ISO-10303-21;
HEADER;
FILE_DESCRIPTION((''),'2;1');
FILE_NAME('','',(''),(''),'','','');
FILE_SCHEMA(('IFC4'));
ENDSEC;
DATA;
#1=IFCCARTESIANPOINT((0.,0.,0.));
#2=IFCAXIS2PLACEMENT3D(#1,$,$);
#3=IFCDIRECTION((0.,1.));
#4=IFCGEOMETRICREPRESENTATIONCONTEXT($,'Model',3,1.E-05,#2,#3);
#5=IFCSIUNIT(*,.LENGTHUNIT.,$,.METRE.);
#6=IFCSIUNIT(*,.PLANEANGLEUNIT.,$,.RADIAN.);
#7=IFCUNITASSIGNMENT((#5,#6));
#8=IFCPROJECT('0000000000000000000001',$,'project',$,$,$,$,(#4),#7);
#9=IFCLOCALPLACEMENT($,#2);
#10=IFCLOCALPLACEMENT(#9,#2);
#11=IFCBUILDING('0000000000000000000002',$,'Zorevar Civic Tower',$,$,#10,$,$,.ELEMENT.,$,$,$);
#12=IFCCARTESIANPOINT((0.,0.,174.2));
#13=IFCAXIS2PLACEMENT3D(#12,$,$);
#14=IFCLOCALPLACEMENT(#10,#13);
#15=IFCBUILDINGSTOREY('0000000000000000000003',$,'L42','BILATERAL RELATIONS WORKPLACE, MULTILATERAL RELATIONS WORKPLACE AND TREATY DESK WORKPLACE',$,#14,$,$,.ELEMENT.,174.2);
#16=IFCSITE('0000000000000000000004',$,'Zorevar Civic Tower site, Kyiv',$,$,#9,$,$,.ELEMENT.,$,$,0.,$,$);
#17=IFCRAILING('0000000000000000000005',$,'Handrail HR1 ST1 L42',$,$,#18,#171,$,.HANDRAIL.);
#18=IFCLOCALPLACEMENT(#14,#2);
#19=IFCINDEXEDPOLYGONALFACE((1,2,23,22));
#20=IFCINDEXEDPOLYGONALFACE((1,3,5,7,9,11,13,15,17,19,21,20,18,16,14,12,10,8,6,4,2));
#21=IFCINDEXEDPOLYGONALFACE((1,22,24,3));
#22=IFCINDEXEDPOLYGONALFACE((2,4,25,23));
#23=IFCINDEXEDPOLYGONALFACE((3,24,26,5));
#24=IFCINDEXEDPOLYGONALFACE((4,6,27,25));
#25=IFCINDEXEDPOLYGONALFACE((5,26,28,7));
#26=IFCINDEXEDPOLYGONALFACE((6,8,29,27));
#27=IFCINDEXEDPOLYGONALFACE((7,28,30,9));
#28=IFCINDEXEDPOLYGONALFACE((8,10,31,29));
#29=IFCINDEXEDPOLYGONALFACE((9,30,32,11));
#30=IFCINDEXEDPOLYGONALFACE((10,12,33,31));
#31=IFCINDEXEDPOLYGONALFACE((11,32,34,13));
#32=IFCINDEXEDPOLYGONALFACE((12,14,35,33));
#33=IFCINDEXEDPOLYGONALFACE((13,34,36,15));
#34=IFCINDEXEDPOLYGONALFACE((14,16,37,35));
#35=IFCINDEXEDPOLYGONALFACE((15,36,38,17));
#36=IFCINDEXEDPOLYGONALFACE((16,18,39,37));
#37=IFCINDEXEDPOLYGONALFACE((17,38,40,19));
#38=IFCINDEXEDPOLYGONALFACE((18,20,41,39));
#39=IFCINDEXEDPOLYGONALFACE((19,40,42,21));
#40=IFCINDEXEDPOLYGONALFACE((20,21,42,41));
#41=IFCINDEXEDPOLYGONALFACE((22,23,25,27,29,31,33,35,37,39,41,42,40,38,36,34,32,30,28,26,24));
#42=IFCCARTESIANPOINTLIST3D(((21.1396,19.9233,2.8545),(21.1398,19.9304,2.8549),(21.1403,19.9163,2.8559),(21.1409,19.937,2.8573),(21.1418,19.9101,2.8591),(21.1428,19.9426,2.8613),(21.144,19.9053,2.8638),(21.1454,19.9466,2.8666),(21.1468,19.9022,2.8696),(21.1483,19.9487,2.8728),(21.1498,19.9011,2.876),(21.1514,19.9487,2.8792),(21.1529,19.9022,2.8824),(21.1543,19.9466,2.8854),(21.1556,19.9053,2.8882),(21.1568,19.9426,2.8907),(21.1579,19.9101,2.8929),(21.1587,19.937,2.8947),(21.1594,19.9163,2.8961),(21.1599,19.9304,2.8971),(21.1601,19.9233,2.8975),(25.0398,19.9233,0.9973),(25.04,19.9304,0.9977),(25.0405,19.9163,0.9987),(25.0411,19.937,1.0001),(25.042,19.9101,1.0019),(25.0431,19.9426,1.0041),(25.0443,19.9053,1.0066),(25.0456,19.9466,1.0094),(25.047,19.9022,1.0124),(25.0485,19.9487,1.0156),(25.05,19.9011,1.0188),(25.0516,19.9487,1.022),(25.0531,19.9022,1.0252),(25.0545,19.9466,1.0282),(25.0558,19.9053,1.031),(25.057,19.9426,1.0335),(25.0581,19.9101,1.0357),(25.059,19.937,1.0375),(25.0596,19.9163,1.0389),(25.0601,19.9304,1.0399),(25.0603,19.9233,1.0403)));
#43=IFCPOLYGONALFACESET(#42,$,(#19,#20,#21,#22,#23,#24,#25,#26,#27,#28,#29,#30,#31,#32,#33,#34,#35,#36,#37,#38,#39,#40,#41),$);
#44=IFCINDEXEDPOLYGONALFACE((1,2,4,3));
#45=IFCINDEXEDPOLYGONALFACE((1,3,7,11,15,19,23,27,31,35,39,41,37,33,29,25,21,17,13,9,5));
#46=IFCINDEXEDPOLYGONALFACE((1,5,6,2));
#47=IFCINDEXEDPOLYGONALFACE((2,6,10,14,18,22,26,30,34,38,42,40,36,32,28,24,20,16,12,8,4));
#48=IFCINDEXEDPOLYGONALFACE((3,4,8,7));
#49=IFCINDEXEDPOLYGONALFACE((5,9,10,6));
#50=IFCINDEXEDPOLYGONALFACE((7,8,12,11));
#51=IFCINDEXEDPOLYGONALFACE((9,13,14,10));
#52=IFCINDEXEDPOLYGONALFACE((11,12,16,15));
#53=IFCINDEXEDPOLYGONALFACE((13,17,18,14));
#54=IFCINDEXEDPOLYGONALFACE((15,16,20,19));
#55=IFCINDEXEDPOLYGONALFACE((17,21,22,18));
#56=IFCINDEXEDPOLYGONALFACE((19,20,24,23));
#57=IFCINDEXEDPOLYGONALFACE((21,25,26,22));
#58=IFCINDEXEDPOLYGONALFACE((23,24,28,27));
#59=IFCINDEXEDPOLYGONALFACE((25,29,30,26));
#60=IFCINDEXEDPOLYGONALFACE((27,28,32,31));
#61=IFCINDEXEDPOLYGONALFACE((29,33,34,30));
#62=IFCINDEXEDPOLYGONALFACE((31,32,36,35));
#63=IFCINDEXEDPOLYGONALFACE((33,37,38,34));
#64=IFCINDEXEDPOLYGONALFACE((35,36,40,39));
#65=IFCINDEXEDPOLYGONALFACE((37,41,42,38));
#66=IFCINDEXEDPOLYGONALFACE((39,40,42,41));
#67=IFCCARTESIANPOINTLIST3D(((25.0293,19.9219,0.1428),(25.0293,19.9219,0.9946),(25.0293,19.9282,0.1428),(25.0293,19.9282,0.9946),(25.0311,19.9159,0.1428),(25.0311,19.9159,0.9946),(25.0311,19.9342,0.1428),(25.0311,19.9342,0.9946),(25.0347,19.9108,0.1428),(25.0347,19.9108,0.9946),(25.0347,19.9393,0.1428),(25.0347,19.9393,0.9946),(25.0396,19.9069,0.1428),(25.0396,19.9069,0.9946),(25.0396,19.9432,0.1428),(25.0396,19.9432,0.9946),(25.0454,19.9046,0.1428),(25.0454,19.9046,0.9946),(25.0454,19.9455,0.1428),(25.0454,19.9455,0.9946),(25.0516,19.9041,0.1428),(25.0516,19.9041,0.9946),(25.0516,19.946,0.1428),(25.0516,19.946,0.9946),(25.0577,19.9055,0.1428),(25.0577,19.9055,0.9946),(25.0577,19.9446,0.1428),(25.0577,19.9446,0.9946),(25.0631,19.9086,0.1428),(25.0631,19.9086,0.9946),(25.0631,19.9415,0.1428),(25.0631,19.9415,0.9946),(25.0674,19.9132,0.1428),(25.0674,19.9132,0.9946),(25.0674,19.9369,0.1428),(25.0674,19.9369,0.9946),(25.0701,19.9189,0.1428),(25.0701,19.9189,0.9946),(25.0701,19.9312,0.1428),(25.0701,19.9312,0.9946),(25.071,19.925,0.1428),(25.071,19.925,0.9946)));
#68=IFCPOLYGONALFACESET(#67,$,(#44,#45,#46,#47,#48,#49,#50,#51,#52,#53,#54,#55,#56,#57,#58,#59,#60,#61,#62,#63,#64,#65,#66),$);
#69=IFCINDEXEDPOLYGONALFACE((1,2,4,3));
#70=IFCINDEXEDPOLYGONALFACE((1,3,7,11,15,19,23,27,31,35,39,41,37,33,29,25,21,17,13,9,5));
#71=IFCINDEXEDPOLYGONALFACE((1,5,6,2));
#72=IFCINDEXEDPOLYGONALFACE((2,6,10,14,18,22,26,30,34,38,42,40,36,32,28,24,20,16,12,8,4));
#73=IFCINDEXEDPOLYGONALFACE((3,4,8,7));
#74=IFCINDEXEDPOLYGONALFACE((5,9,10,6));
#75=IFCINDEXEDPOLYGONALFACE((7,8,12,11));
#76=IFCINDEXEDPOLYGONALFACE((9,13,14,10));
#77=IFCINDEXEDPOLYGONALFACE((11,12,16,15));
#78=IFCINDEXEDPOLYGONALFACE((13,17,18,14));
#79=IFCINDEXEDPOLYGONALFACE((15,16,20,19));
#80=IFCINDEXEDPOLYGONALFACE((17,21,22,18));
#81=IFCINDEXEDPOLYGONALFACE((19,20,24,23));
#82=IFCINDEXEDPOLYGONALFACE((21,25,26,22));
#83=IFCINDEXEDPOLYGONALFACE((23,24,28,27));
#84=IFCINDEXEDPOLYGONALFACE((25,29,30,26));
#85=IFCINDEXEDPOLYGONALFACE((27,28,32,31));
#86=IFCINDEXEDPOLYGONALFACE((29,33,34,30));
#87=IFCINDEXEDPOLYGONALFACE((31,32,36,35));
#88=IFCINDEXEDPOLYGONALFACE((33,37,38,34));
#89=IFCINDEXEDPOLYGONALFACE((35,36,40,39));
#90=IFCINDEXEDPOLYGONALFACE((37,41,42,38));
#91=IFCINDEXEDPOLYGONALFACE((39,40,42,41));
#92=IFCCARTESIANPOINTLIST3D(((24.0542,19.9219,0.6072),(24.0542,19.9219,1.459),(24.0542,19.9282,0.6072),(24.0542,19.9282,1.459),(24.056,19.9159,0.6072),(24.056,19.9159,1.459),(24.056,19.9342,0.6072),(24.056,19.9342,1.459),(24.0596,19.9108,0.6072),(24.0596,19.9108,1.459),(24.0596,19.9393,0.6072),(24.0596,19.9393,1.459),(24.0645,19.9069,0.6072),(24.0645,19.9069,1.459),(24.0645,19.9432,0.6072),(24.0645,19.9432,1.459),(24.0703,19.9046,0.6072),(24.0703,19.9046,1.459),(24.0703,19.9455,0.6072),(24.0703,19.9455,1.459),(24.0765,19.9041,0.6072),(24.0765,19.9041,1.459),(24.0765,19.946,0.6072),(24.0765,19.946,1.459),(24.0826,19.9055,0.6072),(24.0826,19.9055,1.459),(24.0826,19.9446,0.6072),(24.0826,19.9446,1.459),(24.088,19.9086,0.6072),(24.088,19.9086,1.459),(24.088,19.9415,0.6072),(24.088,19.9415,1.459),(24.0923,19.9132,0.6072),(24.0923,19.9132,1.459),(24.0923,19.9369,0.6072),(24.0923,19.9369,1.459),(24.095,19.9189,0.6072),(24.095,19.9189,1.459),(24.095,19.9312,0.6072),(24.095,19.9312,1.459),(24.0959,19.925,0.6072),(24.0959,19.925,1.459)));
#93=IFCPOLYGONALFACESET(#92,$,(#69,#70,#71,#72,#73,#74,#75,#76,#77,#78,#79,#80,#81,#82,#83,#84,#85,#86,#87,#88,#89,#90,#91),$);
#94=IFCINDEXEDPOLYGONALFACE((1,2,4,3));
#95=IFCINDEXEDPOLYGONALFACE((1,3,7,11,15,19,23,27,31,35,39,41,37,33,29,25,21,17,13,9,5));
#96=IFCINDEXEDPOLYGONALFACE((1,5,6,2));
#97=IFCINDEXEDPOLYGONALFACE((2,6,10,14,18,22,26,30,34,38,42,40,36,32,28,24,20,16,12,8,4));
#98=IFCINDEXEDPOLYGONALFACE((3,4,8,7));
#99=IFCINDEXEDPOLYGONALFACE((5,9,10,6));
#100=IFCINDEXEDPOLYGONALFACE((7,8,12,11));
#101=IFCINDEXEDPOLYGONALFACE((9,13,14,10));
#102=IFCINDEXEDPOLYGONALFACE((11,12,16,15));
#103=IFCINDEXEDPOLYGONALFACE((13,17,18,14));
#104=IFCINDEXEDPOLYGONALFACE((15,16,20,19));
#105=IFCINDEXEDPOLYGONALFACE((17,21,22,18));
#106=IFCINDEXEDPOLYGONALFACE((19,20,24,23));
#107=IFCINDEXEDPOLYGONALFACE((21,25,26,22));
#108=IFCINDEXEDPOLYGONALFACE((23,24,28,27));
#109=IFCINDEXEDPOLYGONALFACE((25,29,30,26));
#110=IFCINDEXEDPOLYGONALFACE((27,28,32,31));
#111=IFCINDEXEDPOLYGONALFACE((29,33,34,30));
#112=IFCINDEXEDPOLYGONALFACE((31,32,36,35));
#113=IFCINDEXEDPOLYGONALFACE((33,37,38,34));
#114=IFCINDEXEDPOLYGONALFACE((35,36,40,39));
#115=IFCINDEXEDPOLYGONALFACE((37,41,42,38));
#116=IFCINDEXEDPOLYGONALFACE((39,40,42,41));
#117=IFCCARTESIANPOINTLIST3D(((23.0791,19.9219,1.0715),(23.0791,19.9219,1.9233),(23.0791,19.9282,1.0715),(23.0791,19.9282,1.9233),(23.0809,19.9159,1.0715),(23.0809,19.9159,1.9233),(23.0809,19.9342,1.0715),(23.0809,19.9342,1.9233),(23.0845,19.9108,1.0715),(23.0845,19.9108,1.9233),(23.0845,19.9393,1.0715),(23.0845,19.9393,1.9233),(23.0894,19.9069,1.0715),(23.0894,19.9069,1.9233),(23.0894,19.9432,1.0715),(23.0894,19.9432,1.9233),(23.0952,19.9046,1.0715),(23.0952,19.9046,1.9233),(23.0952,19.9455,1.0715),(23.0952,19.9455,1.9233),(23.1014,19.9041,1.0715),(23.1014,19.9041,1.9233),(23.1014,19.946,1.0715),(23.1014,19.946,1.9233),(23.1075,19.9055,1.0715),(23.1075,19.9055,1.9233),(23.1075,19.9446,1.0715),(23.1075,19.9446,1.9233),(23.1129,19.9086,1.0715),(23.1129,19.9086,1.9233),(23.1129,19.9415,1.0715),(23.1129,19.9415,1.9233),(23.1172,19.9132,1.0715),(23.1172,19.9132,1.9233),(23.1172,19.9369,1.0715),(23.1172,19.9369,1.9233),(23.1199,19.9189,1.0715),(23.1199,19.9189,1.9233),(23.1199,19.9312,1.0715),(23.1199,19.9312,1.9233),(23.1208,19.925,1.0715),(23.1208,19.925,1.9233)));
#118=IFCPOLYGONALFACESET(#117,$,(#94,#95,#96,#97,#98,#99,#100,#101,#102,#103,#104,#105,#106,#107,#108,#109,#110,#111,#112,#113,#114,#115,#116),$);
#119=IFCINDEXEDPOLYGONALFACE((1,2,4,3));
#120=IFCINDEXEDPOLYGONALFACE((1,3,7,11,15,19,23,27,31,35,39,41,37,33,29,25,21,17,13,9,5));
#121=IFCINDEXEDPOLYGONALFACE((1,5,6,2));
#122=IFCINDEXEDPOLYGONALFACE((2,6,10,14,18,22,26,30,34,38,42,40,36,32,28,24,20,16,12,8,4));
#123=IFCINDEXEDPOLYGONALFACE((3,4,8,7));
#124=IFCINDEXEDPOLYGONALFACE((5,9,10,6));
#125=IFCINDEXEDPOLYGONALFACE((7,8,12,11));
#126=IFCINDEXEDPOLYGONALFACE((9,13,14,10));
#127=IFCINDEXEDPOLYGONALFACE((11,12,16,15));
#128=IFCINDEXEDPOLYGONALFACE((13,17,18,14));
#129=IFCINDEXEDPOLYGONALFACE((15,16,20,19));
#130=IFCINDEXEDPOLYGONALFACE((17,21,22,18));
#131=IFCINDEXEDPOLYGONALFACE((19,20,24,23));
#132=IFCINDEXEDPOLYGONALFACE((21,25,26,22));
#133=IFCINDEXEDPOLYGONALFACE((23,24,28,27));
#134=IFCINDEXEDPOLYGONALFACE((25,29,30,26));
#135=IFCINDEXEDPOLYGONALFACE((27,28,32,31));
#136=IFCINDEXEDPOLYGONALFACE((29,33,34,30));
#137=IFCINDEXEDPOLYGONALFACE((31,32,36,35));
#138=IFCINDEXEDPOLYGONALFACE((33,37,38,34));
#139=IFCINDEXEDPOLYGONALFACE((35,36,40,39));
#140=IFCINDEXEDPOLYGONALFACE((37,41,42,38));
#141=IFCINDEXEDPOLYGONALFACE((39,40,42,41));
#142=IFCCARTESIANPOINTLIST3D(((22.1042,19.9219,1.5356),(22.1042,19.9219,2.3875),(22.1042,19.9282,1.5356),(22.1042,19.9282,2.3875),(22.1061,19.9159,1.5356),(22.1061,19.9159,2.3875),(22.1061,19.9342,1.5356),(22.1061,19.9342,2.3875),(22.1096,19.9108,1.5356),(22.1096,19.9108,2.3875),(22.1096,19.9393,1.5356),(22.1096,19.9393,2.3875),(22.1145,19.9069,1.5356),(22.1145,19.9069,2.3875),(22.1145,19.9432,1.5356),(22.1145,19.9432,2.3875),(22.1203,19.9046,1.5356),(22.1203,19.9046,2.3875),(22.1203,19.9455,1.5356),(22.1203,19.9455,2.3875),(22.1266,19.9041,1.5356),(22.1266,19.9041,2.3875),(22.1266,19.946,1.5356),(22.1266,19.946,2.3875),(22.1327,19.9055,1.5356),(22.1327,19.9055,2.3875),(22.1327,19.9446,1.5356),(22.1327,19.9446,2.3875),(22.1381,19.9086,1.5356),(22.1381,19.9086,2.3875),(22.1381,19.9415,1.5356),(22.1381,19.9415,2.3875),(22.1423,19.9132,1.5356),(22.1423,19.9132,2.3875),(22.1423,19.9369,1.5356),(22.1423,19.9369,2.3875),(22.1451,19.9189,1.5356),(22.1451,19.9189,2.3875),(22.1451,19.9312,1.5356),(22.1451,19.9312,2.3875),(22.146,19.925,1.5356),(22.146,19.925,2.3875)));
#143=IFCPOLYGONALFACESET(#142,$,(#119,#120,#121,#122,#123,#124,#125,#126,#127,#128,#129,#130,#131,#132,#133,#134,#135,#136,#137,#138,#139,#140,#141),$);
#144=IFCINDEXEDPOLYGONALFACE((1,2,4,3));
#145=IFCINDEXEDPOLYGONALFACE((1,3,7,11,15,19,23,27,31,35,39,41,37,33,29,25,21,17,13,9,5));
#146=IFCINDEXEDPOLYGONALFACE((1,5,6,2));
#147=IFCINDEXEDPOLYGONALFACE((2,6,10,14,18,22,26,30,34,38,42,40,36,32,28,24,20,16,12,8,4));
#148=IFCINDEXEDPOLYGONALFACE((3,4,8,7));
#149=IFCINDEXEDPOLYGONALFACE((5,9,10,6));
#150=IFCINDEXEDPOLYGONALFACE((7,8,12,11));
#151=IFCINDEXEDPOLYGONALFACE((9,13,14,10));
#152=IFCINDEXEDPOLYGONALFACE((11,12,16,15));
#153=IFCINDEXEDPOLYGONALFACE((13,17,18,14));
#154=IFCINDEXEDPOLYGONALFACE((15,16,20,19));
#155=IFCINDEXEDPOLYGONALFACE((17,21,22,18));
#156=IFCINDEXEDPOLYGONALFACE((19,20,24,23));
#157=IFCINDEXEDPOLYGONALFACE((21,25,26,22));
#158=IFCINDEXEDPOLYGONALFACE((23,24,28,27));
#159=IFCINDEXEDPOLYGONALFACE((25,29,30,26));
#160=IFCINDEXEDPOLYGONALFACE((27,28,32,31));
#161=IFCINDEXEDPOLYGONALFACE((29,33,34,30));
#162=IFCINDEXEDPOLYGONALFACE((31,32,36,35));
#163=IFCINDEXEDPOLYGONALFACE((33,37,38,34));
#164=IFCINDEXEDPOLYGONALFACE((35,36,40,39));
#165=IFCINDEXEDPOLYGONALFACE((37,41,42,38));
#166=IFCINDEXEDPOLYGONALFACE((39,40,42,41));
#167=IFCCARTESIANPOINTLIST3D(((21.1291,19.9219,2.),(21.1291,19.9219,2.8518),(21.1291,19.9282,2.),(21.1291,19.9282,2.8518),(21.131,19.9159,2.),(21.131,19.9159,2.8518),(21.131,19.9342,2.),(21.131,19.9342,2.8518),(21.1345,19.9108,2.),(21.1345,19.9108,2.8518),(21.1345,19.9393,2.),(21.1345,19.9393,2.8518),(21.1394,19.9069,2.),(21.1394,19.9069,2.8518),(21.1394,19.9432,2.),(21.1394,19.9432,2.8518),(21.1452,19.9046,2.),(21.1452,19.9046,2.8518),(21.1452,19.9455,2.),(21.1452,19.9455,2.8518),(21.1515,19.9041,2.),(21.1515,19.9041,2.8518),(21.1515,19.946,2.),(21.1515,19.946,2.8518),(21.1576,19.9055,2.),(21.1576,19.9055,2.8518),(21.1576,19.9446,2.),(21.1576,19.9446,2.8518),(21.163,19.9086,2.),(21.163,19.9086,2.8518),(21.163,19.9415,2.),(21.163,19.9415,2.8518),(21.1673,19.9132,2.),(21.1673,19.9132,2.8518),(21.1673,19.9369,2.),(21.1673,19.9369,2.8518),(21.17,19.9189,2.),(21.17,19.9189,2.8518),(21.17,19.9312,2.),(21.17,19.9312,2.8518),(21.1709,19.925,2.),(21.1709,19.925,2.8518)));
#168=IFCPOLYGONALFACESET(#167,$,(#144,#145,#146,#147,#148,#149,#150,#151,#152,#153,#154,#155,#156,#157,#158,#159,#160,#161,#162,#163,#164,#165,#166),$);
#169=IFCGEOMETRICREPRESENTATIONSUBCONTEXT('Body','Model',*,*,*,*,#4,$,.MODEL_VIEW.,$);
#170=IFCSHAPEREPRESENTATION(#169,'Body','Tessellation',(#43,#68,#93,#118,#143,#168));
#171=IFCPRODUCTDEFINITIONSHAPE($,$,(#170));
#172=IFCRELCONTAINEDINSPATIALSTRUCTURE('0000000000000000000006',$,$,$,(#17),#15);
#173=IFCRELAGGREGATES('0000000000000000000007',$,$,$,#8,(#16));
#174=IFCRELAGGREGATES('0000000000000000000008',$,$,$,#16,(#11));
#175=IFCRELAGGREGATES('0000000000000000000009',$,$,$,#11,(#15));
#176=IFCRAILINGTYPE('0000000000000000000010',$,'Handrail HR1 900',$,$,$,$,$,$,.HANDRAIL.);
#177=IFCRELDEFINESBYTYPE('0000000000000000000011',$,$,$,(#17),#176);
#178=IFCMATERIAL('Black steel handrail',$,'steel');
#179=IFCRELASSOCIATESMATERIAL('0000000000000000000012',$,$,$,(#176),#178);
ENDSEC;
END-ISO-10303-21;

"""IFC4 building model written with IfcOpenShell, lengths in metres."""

from ifc_helpers import new_model, si_unit, direction, frame, origin, origin_2d, place, context, subcontext, project, spatial, circle, extrude, material, type_object, element, save


model = new_model("IFC4")

# Units and contexts
model_context = context("Model", 3, precision=1e-05, world=origin(), true_north=direction((0.0, 1.0)))
body_context = subcontext(model_context, "Body", "Model", "MODEL_VIEW")
ifc_project = project(units=[si_unit("LENGTHUNIT", "METRE"), si_unit("PLANEANGLEUNIT", "RADIAN")], contexts=[model_context])

# Site, building, storey
site_placement = place(None, origin())
site = spatial("IfcSite", under=ifc_project, at=site_placement, Name="Zorevar Civic Tower site, Kyiv", CompositionType="ELEMENT", RefElevation=0.0)
building_placement = place(site_placement, origin())
building = spatial("IfcBuilding", under=site, at=building_placement, Name="Zorevar Civic Tower", CompositionType="ELEMENT")
storey_placement = place(building_placement, frame((0.0, 0.0, 174.2)))
storey = spatial("IfcBuildingStorey", under=building, at=storey_placement, Name="L42", Description="BILATERAL RELATIONS WORKPLACE, MULTILATERAL RELATIONS WORKPLACE AND TREATY DESK WORKPLACE", CompositionType="ELEMENT", Elevation=174.2)

# Railing
ifc_material_1 = material(Name="Black steel handrail", Category="steel")
railing_type = type_object("IfcRailingType", Name="Handrail HR1 900", PredefinedType="HANDRAIL", material=ifc_material_1)
railing_1_placement = place(storey_placement, frame((25.05, 19.925, 0.1428)))
element("IfcRailing", 1, at=railing_1_placement, inside=storey, type_object=railing_type, Name="Handrail HR1 ST1 L42", PredefinedType="HANDRAIL", context=body_context, shape_type="SweptSolid", body=[
    extrude(circle(Radius=0.0239, at=origin_2d()), frame((0.0, 0.0, 0.876), z_axis=(-0.902864, 0.0, 0.429927), x_axis=(0.0, -1.0, 0.0)), (0.0, 0.0, 1.0), 4.3198),
    extrude(circle(Radius=0.021, at=origin_2d()), origin(), (0.0, 0.0, 1.0), 0.8518),
    extrude(circle(Radius=0.021, at=origin_2d()), frame((-0.9751, 0.0, 0.4644)), (0.0, 0.0, 1.0), 0.8518),
    extrude(circle(Radius=0.021, at=origin_2d()), frame((-1.9502, 0.0, 0.9287)), (0.0, 0.0, 1.0), 0.8518),
    extrude(circle(Radius=0.021, at=origin_2d()), frame((-2.925, 0.0, 1.3928)), (0.0, 0.0, 1.0), 0.8518),
    extrude(circle(Radius=0.021, at=origin_2d()), frame((-3.9001, 0.0, 1.8572)), (0.0, 0.0, 1.0), 0.8518),
])

save(model, "model.ifc")
